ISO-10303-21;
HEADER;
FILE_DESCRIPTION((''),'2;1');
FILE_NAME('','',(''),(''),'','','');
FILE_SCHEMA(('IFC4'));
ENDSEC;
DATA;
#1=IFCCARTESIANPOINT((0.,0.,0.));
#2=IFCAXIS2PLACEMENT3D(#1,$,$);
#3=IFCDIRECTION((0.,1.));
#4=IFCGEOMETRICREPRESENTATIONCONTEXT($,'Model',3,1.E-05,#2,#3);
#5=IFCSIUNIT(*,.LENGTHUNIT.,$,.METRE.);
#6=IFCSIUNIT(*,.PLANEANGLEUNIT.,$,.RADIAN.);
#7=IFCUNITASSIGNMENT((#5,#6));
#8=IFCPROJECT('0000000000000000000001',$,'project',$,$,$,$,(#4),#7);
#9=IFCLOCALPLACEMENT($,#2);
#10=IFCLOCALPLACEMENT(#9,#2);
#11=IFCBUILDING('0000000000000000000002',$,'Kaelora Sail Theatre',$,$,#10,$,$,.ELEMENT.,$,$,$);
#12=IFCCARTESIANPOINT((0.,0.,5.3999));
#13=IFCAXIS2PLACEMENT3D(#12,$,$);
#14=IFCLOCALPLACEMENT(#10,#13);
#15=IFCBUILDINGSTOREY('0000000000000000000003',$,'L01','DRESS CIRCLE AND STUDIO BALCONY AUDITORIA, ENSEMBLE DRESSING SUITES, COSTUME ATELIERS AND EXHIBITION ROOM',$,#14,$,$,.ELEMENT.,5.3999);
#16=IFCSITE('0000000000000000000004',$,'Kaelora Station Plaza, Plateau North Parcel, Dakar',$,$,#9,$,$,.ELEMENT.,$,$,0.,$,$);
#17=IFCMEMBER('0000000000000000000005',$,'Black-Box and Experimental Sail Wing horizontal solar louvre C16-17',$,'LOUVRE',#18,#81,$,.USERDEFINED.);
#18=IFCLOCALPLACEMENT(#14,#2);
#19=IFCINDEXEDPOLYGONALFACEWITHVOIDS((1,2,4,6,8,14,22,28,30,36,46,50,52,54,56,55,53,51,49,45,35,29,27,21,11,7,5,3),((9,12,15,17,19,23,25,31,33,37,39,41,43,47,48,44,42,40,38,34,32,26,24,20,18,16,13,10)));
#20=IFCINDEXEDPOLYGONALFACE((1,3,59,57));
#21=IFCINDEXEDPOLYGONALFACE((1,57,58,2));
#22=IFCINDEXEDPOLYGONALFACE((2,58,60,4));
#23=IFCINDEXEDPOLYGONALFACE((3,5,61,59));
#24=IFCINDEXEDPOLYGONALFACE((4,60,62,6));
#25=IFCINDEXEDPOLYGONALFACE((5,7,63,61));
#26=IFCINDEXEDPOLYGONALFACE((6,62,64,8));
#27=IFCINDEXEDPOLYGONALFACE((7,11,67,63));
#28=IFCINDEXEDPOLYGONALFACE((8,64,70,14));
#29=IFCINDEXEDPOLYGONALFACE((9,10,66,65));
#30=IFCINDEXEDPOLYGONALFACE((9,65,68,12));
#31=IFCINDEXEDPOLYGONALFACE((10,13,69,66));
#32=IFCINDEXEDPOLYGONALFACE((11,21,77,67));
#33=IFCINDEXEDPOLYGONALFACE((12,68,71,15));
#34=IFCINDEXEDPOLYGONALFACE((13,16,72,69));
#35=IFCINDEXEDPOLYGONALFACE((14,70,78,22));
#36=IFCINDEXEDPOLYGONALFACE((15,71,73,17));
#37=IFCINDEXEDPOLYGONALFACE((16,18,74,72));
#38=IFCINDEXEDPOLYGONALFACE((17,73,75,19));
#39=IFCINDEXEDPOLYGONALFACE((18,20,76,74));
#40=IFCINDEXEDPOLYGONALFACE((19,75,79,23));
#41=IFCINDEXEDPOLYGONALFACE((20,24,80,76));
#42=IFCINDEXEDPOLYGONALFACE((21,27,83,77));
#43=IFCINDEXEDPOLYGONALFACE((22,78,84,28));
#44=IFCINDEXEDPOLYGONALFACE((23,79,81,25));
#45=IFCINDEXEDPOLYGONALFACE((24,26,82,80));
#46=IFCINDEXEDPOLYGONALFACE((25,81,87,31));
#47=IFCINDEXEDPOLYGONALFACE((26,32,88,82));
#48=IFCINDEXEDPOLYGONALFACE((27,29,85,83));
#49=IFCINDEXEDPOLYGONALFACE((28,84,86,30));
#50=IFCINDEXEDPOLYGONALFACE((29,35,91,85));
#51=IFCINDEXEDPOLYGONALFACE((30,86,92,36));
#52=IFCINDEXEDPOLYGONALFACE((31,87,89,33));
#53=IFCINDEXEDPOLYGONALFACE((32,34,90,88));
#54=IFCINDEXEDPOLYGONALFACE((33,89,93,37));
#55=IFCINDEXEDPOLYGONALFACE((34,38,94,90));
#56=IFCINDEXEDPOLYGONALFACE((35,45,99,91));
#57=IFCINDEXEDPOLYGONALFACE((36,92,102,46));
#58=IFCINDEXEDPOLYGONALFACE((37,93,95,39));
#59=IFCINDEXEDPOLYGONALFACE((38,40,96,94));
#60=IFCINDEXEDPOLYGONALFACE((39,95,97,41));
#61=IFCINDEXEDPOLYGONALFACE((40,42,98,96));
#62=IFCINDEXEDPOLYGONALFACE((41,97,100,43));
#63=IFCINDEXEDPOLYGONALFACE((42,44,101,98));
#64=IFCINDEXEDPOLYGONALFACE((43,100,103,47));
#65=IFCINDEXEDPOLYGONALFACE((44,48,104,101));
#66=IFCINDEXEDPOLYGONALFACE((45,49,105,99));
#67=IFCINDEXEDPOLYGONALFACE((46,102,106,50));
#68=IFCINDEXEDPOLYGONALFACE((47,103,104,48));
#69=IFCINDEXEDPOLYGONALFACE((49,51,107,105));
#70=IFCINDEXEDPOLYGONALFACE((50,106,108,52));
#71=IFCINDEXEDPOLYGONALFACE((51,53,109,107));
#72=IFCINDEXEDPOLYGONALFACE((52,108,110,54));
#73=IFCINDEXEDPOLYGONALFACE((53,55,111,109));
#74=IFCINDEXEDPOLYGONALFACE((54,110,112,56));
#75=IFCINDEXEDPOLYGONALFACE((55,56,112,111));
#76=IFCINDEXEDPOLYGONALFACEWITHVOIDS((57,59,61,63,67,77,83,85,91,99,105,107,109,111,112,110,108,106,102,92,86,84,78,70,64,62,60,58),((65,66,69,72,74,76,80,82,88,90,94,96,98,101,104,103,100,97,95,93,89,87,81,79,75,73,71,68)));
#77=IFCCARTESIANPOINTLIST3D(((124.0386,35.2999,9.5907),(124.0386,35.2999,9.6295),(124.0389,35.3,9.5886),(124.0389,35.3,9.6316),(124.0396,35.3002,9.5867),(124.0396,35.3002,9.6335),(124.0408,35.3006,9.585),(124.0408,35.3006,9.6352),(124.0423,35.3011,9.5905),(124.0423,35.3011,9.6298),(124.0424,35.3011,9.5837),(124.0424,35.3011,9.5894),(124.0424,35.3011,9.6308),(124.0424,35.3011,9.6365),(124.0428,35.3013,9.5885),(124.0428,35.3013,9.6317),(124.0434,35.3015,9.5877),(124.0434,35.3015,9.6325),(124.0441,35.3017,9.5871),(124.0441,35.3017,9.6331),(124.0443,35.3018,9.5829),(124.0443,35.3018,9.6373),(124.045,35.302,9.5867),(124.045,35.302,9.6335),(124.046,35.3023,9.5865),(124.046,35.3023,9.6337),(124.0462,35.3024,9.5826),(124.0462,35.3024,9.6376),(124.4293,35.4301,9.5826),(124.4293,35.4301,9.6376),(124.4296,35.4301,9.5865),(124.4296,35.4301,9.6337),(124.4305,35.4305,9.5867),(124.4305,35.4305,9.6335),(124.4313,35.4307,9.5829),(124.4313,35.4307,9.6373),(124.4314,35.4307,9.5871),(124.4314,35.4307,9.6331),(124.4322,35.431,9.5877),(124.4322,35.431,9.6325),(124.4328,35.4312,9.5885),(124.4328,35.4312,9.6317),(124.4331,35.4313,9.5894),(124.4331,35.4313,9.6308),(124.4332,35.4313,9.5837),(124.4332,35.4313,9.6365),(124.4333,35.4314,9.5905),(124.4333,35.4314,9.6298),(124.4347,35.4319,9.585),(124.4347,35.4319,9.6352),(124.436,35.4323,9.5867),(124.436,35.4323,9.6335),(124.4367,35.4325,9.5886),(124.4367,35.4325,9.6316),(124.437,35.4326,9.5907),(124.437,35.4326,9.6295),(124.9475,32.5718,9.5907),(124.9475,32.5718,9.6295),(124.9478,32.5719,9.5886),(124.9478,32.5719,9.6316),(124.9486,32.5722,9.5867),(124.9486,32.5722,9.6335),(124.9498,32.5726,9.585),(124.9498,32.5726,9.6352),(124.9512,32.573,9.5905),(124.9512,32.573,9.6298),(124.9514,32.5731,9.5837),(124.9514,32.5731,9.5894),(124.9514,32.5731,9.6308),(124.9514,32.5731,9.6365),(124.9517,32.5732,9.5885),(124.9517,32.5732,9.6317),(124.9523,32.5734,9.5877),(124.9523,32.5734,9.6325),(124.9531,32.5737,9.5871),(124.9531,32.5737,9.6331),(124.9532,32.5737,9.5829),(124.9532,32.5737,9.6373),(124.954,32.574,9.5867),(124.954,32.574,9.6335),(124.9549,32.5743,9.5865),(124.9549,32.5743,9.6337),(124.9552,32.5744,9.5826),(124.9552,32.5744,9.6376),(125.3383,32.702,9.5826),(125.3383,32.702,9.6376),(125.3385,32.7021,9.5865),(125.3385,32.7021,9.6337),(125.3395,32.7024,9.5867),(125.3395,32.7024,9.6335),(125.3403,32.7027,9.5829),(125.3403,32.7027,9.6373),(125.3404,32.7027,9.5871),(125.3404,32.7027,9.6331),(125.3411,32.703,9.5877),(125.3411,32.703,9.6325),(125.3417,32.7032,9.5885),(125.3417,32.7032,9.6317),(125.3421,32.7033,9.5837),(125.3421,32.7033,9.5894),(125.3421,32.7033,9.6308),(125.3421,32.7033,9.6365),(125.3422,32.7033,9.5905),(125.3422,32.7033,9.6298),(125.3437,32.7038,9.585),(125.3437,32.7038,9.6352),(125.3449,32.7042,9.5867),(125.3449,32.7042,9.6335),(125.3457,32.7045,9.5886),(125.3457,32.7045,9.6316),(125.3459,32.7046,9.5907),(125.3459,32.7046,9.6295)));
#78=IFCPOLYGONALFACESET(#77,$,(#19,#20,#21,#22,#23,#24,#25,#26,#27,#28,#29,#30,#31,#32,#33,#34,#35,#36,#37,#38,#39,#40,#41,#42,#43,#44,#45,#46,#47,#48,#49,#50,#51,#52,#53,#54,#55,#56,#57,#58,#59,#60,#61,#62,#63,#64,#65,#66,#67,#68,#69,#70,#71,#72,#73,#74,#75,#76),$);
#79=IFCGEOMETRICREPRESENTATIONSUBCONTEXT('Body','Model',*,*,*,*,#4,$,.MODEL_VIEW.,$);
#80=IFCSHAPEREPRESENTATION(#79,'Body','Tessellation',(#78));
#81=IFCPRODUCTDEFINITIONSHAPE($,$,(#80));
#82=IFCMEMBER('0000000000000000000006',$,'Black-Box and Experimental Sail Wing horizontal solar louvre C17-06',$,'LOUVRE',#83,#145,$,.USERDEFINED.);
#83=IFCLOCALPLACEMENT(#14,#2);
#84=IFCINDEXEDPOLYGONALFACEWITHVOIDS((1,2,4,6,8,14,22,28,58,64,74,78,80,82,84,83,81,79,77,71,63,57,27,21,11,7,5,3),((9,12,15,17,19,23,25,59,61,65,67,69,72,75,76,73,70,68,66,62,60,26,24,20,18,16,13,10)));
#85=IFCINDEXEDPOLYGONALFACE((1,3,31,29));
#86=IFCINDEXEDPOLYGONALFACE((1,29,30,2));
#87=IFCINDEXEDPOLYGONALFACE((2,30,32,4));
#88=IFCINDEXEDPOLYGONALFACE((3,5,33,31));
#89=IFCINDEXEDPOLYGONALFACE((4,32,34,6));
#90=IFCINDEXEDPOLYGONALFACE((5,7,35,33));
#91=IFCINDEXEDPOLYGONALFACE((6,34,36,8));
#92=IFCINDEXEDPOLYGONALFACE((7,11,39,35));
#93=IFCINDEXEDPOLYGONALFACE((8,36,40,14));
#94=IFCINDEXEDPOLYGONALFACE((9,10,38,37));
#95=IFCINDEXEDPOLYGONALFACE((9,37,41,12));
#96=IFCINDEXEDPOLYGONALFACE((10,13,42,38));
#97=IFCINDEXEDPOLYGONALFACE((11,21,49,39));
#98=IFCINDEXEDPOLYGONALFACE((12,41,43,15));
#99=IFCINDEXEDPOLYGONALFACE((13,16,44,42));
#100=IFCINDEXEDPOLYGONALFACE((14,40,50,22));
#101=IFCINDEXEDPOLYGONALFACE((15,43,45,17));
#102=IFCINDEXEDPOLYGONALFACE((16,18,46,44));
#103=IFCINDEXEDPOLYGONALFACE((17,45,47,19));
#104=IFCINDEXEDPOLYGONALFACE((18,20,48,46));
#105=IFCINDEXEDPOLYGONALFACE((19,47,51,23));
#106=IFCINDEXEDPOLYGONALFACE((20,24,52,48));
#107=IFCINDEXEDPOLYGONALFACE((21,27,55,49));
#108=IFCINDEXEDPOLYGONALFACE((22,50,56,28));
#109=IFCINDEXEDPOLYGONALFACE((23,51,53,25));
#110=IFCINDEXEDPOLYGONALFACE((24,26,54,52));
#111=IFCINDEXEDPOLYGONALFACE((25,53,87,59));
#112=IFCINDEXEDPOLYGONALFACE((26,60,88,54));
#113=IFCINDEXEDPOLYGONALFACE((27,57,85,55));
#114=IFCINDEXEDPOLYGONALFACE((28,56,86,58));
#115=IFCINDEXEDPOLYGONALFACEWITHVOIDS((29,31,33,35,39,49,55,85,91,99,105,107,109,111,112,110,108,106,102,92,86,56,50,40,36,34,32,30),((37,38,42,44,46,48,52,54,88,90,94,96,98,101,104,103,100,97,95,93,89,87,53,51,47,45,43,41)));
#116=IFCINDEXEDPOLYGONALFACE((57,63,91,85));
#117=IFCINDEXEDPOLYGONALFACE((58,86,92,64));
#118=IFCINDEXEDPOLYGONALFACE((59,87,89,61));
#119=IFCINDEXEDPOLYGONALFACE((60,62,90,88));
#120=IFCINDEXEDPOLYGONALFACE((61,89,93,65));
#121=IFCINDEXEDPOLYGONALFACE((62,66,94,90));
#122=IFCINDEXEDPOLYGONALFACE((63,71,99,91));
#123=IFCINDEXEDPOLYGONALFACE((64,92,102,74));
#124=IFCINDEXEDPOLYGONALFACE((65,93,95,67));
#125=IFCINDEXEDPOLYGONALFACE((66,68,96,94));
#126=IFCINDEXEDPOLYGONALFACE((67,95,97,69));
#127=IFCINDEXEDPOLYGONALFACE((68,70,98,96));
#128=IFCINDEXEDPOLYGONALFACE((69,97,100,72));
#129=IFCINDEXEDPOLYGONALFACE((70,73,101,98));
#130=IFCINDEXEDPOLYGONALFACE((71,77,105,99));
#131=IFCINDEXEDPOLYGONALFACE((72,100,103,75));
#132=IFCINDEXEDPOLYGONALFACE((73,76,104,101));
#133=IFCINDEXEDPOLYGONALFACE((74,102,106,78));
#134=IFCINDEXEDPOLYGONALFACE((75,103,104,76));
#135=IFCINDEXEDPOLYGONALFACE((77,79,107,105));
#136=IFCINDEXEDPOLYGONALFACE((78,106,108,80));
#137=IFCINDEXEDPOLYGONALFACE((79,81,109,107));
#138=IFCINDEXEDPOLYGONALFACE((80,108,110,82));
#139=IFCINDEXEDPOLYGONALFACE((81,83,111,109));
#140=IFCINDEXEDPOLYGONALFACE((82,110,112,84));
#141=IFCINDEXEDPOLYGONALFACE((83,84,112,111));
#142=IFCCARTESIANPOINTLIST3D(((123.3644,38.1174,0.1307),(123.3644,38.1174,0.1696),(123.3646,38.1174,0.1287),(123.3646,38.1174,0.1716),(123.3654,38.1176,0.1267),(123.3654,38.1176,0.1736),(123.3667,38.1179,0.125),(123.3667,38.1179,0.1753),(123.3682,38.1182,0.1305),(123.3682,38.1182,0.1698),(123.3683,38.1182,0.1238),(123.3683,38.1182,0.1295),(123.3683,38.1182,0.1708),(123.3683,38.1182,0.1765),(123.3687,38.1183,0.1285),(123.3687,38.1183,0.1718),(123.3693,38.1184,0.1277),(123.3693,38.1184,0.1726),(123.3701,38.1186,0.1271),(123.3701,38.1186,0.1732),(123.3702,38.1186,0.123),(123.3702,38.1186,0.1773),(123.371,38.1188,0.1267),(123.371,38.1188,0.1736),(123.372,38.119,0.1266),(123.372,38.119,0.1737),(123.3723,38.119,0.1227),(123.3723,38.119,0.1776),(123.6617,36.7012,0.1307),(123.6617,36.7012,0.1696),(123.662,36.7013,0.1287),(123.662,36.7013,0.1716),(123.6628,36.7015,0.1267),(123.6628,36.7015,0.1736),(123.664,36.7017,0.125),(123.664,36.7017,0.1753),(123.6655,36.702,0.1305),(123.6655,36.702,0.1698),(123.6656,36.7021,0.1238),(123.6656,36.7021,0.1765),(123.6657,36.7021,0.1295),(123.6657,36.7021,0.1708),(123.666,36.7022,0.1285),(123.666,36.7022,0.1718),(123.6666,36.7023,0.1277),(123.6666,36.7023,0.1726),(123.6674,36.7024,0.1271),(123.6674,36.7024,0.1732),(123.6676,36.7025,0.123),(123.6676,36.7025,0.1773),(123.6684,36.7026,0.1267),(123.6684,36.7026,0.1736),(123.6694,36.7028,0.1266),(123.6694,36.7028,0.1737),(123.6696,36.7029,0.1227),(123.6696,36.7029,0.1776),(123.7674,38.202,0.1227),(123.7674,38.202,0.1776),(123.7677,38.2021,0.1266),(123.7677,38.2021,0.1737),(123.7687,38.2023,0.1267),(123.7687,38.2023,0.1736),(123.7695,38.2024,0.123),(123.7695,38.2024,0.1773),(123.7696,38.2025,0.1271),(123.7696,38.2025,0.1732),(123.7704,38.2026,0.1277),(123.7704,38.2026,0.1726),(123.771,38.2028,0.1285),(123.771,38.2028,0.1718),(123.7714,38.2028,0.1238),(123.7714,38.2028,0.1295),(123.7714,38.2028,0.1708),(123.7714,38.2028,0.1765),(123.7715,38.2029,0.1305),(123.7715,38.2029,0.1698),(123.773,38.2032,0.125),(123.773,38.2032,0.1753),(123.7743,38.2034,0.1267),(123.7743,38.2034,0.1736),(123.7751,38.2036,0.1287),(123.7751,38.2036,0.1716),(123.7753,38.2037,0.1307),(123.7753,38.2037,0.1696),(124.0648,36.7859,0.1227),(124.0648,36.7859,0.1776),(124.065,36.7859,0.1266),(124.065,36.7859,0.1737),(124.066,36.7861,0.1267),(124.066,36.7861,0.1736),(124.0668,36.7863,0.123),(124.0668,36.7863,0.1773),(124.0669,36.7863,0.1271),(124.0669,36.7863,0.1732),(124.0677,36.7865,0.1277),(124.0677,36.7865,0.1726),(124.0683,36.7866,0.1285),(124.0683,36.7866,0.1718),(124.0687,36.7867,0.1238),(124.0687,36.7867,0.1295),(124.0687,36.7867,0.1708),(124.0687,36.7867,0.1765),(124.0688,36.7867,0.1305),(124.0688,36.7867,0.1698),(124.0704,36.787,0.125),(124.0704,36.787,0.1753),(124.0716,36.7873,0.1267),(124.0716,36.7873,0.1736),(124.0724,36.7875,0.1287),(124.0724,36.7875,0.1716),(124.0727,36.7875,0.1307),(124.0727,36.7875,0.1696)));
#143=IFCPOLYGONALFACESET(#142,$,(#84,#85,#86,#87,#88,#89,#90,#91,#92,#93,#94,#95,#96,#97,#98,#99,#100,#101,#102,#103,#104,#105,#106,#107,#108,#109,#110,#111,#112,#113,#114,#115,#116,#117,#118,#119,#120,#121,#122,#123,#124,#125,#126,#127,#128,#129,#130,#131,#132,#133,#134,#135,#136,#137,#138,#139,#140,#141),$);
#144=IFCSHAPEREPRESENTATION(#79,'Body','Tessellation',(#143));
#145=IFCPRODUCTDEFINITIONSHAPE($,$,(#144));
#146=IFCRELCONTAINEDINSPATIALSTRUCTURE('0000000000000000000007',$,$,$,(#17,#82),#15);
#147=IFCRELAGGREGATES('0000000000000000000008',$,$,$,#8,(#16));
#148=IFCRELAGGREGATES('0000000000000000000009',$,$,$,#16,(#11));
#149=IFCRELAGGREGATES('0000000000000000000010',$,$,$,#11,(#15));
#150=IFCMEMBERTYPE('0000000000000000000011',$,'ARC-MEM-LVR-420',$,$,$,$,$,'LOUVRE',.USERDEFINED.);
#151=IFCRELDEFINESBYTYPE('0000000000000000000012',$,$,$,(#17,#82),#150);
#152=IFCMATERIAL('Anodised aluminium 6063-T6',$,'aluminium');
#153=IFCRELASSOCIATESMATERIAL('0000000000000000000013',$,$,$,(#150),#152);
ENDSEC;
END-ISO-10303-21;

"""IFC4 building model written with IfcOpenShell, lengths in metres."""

from ifc_helpers import new_model, si_unit, direction, frame, origin, origin_2d, place, context, subcontext, project, spatial, hollow_rectangle, extrude, material, material_profile, profile_set, type_object, element, save


model = new_model("IFC4")

# Units and contexts
model_context = context("Model", 3, precision=1e-05, world=origin(), true_north=direction((0.0, 1.0)))
body_context = subcontext(model_context, "Body", "Model", "MODEL_VIEW")
ifc_project = project(units=[si_unit("LENGTHUNIT", "METRE"), si_unit("PLANEANGLEUNIT", "RADIAN")], contexts=[model_context])

# Site, building, storey
site_placement = place(None, origin())
site = spatial("IfcSite", under=ifc_project, at=site_placement, Name="Kaelora Station Plaza, Plateau North Parcel, Dakar", CompositionType="ELEMENT", RefElevation=0.0)
building_placement = place(site_placement, origin())
building = spatial("IfcBuilding", under=site, at=building_placement, Name="Kaelora Sail Theatre", CompositionType="ELEMENT")
storey_placement = place(building_placement, frame((0.0, 0.0, 5.3999)))
storey = spatial("IfcBuildingStorey", under=building, at=storey_placement, Name="L01", Description="DRESS CIRCLE AND STUDIO BALCONY AUDITORIA, ENSEMBLE DRESSING SUITES, COSTUME ATELIERS AND EXHIBITION ROOM", CompositionType="ELEMENT", Elevation=5.3999)

# Members
ifc_material_1 = material(Name="Anodised aluminium 6063-T6", Category="aluminium")
ifc_material_profile_1 = material_profile(ifc_material_1, hollow_rectangle(XDim=0.4199, YDim=0.0549, WallThickness=0.0039, InnerFilletRadius=0.0039, OuterFilletRadius=0.0081, at=origin_2d()), Name="LOUVRE 420x55x4")
ifc_profile_set_1 = profile_set([ifc_material_profile_1], Name="Anodised aluminium 6063-T6")
member_type = type_object("IfcMemberType", Name="ARC-MEM-LVR-420", ElementType="LOUVRE", PredefinedType="USERDEFINED", material=ifc_profile_set_1)
for number, where, z_axis, x_axis, name in (
    (1, (125.1467, 32.6382, 9.6101), (-0.3161, 0.948726, 0.0), (-0.948726, -0.3161, 0.0), "Black-Box and Experimental Sail Wing horizontal solar louvre C16-17"),
):
    element("IfcMember", number, at=place(storey_placement, frame(where, z_axis=z_axis, x_axis=x_axis)), inside=storey, type_object=member_type, Name=name, ObjectType="LOUVRE", PredefinedType="USERDEFINED", context=body_context, shape_type="SweptSolid", body=[
        extrude(hollow_rectangle(XDim=0.4199, YDim=0.0549, WallThickness=0.0039, InnerFilletRadius=0.0039, OuterFilletRadius=0.0081, at=origin_2d()), origin(), (0.0, 0.0, 1.0), 2.8755),
    ])
for number, where, z_axis, x_axis, name in (
    (2, (123.8672, 36.7444, 0.1501), (-0.205483, 0.978661, 0.0), (-0.978661, -0.205483, 0.0), "Black-Box and Experimental Sail Wing horizontal solar louvre C17-06"),
):
    element("IfcMember", number, at=place(storey_placement, frame(where, z_axis=z_axis, x_axis=x_axis)), inside=storey, type_object=member_type, Name=name, ObjectType="LOUVRE", PredefinedType="USERDEFINED", context=body_context, shape_type="SweptSolid", body=[
        extrude(hollow_rectangle(XDim=0.4199, YDim=0.0549, WallThickness=0.0039, InnerFilletRadius=0.0039, OuterFilletRadius=0.0081, at=origin_2d()), origin(), (0.0, 0.0, 1.0), 1.447),
    ])

save(model, "model.ifc")
